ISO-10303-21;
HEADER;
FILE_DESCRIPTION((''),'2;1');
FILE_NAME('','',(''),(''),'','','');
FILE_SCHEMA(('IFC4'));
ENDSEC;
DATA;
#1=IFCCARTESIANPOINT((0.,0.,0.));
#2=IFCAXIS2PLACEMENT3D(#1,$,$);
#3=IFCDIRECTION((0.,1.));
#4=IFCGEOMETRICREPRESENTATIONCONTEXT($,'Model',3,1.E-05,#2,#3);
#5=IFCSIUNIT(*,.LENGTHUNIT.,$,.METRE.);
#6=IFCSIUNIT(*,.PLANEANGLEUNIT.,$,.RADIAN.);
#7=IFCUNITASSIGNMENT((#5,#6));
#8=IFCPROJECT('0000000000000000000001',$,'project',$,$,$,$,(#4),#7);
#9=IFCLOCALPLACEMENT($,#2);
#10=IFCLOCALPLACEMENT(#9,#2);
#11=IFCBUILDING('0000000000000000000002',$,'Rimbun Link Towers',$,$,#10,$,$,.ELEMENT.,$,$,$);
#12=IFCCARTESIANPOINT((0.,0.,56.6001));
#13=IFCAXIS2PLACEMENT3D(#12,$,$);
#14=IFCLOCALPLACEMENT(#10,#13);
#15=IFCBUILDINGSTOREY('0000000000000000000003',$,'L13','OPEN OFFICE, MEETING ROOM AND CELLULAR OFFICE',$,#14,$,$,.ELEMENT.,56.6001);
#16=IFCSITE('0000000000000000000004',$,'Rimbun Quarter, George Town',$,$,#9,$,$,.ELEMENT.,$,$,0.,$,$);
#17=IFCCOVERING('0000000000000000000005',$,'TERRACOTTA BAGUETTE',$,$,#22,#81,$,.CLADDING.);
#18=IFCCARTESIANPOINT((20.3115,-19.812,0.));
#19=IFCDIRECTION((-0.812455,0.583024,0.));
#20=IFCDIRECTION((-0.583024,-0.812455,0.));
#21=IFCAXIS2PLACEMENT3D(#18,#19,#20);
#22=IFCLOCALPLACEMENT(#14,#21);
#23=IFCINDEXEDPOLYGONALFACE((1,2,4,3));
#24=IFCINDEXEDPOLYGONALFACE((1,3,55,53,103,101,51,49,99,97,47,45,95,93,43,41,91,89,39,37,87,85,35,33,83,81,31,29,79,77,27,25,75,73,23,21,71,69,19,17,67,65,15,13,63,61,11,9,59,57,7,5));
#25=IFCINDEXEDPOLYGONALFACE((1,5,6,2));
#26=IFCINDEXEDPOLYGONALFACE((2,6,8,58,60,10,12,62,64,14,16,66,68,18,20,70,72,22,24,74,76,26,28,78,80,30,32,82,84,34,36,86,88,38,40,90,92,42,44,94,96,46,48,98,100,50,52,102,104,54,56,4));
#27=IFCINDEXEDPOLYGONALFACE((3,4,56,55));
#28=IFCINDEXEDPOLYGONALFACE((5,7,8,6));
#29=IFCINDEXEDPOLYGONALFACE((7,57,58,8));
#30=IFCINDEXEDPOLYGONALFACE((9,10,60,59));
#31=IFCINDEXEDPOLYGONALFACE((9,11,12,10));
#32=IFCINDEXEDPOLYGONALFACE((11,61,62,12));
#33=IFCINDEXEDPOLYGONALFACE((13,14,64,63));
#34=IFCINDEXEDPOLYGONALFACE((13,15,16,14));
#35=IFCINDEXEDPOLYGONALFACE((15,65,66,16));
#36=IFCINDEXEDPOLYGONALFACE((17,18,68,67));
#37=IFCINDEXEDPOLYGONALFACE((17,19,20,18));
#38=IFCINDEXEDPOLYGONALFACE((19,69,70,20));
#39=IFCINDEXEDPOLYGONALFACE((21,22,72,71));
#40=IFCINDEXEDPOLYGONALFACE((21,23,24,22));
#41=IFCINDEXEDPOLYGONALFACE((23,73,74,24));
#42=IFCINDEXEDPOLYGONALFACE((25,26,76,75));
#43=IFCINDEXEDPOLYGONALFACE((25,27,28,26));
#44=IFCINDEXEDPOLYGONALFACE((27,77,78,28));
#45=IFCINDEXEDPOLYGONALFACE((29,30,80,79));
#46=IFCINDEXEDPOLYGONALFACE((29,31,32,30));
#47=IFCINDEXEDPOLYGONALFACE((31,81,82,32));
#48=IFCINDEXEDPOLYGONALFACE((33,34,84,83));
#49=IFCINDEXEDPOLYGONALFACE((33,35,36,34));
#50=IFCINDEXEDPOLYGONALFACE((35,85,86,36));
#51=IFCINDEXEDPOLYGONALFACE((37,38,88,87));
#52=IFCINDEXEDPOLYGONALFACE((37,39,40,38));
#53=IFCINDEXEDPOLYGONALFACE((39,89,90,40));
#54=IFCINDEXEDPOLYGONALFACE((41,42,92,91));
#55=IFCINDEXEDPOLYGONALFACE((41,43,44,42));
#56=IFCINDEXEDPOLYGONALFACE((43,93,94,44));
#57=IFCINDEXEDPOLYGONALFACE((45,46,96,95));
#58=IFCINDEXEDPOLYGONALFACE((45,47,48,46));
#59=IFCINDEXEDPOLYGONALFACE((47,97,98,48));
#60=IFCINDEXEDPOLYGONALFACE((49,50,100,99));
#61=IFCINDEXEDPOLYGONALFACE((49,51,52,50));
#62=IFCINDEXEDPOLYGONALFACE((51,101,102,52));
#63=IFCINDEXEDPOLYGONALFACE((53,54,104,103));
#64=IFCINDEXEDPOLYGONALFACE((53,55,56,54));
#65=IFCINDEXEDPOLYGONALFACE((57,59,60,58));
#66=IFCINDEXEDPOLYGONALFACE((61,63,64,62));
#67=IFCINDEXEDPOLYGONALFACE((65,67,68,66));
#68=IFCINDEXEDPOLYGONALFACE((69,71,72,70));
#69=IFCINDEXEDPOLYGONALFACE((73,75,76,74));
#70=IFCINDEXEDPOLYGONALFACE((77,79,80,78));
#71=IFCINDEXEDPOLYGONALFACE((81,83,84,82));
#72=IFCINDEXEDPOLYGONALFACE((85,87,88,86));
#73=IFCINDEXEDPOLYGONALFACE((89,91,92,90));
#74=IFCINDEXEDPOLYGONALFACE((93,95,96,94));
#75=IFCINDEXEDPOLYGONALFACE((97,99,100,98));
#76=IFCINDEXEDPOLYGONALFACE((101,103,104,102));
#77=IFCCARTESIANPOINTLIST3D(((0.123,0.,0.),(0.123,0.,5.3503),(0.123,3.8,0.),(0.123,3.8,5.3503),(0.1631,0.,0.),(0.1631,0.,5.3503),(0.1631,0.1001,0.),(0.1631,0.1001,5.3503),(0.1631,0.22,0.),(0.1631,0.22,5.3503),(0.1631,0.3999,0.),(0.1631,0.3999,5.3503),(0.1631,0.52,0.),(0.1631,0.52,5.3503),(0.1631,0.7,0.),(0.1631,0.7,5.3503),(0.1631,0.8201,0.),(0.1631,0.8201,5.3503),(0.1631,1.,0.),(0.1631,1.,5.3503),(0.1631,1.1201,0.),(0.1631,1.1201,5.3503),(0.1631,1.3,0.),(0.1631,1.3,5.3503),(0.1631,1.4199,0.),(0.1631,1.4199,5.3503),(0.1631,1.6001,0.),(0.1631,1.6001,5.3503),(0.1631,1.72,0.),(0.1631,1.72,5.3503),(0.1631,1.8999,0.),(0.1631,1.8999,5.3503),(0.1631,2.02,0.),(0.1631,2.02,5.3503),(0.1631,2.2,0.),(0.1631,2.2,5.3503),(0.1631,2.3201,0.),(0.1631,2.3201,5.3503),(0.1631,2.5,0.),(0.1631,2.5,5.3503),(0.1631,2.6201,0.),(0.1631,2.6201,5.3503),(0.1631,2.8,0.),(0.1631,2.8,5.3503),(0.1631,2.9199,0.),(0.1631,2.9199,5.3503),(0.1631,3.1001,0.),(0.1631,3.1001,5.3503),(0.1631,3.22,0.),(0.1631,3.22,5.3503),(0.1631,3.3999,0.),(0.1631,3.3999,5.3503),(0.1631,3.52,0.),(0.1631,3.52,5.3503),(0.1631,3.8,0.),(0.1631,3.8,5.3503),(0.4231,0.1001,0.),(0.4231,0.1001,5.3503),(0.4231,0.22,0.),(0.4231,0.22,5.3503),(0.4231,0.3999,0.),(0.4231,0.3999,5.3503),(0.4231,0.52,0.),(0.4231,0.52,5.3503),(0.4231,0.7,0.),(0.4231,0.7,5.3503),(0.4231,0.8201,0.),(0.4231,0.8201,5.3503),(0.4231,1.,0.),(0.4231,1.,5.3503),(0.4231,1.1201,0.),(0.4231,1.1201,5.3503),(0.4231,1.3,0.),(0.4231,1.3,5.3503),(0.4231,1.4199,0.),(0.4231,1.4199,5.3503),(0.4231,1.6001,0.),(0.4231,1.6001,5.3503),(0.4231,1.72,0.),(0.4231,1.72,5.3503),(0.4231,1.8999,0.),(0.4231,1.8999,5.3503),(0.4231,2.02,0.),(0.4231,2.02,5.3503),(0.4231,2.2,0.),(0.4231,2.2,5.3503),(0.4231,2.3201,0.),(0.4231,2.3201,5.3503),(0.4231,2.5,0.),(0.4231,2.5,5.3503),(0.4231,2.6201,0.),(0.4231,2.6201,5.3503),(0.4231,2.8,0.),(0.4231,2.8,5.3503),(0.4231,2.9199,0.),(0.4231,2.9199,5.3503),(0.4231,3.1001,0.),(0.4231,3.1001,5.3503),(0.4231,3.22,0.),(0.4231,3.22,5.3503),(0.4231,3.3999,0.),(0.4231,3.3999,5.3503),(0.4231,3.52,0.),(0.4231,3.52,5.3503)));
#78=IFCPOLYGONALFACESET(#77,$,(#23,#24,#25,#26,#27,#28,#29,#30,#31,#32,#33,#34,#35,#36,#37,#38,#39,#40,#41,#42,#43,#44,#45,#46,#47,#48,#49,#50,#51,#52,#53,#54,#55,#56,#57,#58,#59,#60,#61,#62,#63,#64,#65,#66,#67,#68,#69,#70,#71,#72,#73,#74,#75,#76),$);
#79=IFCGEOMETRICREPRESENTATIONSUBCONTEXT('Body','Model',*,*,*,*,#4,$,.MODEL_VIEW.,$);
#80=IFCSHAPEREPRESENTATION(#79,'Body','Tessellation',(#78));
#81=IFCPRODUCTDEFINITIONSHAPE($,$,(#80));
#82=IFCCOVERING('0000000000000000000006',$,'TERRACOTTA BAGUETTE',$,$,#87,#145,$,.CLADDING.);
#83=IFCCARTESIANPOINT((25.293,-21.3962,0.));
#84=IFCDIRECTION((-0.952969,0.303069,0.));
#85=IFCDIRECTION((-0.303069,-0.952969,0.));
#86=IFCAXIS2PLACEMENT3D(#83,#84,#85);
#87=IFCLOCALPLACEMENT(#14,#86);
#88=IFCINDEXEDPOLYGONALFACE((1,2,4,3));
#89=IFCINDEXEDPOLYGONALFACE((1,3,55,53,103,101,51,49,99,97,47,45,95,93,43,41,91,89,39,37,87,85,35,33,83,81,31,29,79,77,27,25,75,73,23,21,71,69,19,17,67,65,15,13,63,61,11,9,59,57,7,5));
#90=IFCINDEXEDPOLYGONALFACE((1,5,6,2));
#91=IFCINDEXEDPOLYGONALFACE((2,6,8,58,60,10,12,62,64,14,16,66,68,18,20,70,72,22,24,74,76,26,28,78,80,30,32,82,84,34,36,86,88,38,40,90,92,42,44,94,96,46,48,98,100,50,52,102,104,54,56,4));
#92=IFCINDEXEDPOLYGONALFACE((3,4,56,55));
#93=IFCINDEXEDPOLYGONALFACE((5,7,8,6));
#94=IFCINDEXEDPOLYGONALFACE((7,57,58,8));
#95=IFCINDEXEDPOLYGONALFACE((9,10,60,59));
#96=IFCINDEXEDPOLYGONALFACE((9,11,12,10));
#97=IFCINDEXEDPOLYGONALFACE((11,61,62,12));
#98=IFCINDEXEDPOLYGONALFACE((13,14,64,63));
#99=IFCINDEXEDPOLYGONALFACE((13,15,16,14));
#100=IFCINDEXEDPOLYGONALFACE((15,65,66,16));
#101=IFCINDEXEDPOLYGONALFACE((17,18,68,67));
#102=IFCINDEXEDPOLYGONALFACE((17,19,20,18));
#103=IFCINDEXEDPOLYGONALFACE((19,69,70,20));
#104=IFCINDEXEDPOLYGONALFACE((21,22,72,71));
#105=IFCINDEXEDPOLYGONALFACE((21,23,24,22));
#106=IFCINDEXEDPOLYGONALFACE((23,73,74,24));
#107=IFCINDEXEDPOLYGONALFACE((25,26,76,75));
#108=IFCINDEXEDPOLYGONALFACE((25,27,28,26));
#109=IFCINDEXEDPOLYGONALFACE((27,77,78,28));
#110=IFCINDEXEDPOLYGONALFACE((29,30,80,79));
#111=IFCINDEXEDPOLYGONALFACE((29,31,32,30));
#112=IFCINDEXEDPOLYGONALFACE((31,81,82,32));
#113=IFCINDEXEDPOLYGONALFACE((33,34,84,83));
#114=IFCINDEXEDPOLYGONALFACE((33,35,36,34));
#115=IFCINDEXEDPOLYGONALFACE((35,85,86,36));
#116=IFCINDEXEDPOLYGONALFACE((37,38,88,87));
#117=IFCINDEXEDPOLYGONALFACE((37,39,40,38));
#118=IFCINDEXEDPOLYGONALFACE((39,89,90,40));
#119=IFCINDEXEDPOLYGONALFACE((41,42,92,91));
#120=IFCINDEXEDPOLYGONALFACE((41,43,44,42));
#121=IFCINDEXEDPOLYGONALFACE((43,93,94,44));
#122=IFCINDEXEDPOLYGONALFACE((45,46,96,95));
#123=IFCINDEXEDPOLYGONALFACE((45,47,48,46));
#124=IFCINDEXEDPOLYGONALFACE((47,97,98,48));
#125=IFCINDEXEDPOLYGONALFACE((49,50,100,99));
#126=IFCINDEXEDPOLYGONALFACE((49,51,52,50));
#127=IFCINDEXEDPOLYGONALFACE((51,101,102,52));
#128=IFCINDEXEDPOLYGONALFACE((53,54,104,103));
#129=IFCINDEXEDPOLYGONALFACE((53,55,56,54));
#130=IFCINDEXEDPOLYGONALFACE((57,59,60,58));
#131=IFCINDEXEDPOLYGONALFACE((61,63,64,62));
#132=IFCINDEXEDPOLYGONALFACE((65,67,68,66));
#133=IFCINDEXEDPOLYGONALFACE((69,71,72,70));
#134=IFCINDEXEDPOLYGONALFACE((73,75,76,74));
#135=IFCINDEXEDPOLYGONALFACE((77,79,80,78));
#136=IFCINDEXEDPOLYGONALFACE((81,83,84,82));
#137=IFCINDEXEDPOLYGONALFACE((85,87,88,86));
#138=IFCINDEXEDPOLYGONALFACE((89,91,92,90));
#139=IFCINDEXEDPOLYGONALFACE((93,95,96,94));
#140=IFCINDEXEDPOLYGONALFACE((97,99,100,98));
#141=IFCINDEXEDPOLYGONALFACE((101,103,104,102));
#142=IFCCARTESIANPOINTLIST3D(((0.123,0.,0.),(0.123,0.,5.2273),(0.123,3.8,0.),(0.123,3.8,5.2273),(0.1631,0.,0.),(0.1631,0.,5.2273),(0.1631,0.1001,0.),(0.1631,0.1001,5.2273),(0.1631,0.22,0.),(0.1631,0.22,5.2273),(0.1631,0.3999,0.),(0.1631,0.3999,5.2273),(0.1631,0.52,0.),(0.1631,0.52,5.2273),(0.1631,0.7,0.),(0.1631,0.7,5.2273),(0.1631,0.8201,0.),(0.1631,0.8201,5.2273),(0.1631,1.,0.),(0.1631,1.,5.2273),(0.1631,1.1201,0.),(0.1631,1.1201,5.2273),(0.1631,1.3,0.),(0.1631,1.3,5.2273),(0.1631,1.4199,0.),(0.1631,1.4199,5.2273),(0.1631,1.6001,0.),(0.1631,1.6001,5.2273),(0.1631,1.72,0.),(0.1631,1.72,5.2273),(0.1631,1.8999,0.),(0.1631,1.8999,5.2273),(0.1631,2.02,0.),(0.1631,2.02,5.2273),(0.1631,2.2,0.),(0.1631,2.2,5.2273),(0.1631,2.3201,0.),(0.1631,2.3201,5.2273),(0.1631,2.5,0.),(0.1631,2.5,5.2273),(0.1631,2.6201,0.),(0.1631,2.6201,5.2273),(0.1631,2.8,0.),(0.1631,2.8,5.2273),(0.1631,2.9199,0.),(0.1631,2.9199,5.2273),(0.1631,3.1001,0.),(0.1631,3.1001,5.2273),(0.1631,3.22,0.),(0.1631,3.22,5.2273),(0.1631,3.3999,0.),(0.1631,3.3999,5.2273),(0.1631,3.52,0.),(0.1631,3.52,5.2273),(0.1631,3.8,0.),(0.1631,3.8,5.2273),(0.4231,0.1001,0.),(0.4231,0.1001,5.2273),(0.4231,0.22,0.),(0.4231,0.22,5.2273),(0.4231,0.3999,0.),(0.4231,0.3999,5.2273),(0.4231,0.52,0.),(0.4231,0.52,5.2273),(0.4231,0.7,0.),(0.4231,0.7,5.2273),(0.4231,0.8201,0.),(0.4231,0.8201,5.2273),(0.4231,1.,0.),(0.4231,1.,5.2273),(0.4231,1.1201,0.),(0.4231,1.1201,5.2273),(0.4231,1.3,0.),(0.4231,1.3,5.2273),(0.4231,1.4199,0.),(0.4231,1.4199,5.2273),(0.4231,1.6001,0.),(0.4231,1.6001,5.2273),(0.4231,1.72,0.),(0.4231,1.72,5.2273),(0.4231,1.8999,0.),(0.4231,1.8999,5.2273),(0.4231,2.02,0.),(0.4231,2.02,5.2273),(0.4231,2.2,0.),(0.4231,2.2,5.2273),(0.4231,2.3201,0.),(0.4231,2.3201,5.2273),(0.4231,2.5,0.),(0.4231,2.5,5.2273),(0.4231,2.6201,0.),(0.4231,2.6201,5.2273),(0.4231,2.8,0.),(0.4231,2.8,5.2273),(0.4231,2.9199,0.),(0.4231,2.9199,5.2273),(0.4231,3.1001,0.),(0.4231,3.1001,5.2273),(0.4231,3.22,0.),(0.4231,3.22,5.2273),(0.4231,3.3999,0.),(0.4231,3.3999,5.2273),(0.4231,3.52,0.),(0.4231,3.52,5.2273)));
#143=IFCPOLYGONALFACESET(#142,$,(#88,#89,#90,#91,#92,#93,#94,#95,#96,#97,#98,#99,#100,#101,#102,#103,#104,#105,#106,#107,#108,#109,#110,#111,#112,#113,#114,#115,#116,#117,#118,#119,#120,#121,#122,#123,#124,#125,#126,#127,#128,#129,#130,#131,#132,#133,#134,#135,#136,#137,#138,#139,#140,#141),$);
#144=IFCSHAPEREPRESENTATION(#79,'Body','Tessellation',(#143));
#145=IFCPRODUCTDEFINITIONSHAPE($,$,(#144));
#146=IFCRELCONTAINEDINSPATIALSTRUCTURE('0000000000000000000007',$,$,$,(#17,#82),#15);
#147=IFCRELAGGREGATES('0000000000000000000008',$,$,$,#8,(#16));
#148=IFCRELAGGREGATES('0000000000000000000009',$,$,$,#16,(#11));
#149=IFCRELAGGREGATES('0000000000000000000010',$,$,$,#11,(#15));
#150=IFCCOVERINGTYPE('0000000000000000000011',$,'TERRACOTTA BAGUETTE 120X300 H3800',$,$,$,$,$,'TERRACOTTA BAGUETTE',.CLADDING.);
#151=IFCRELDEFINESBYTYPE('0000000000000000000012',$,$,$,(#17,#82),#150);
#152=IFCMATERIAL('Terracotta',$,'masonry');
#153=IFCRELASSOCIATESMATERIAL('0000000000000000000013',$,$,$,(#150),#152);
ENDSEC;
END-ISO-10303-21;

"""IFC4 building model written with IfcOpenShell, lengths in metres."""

from ifc_helpers import new_model, si_unit, direction, frame, origin, place, context, subcontext, project, spatial, polyline, outline, extrude, material, material_profile, profile_set, type_object, element, save


model = new_model("IFC4")

# Units and contexts
model_context = context("Model", 3, precision=1e-05, world=origin(), true_north=direction((0.0, 1.0)))
body_context = subcontext(model_context, "Body", "Model", "MODEL_VIEW")
ifc_project = project(units=[si_unit("LENGTHUNIT", "METRE"), si_unit("PLANEANGLEUNIT", "RADIAN")], contexts=[model_context])

# Site, building, storey
site_placement = place(None, origin())
site = spatial("IfcSite", under=ifc_project, at=site_placement, Name="Rimbun Quarter, George Town", CompositionType="ELEMENT", RefElevation=0.0)
building_placement = place(site_placement, origin())
building = spatial("IfcBuilding", under=site, at=building_placement, Name="Rimbun Link Towers", CompositionType="ELEMENT")
storey_placement = place(building_placement, frame((0.0, 0.0, 56.6001)))
storey = spatial("IfcBuildingStorey", under=building, at=storey_placement, Name="L13", Description="OPEN OFFICE, MEETING ROOM AND CELLULAR OFFICE", CompositionType="ELEMENT", Elevation=56.6001)

# Coverings
ifc_material_1 = material(Name="Terracotta", Category="masonry")
ifc_material_profile_1 = material_profile(ifc_material_1, outline(polyline([(0.123, 0.0), (0.1631, 0.0), (0.1631, 0.1001), (0.4231, 0.1001), (0.4231, 0.22), (0.1631, 0.22), (0.1631, 0.3999), (0.4231, 0.3999), (0.4231, 0.52), (0.1631, 0.52), (0.1631, 0.7), (0.4231, 0.7), (0.4231, 0.8201), (0.1631, 0.8201), (0.1631, 1.0), (0.4231, 1.0), (0.4231, 1.1201), (0.1631, 1.1201), (0.1631, 1.3), (0.4231, 1.3), (0.4231, 1.4199), (0.1631, 1.4199), (0.1631, 1.6001), (0.4231, 1.6001), (0.4231, 1.72), (0.1631, 1.72), (0.1631, 1.8999), (0.4231, 1.8999), (0.4231, 2.02), (0.1631, 2.02), (0.1631, 2.2), (0.4231, 2.2), (0.4231, 2.3201), (0.1631, 2.3201), (0.1631, 2.5), (0.4231, 2.5), (0.4231, 2.6201), (0.1631, 2.6201), (0.1631, 2.8), (0.4231, 2.8), (0.4231, 2.9199), (0.1631, 2.9199), (0.1631, 3.1001), (0.4231, 3.1001), (0.4231, 3.22), (0.1631, 3.22), (0.1631, 3.3999), (0.4231, 3.3999), (0.4231, 3.52), (0.1631, 3.52), (0.1631, 3.8), (0.123, 3.8), (0.123, 0.0)])), Name="BAGUETTE 120X300")
ifc_profile_set_1 = profile_set([ifc_material_profile_1], Name="Terracotta")
covering_type = type_object("IfcCoveringType", Name="TERRACOTTA BAGUETTE 120X300 H3800", ElementType="TERRACOTTA BAGUETTE", PredefinedType="CLADDING", material=ifc_profile_set_1)
covering_1_placement = place(storey_placement, frame((20.3115, -19.812, 0.0), z_axis=(-0.812455, 0.583024, 0.0), x_axis=(-0.583024, -0.812455, 0.0)))
element("IfcCovering", 1, at=covering_1_placement, inside=storey, type_object=covering_type, Name="TERRACOTTA BAGUETTE", PredefinedType="CLADDING", context=body_context, shape_type="SweptSolid", body=[
    extrude(outline(polyline([(0.123, 0.0), (0.1631, 0.0), (0.1631, 0.1001), (0.4231, 0.1001), (0.4231, 0.22), (0.1631, 0.22), (0.1631, 0.3999), (0.4231, 0.3999), (0.4231, 0.52), (0.1631, 0.52), (0.1631, 0.7), (0.4231, 0.7), (0.4231, 0.8201), (0.1631, 0.8201), (0.1631, 1.0), (0.4231, 1.0), (0.4231, 1.1201), (0.1631, 1.1201), (0.1631, 1.3), (0.4231, 1.3), (0.4231, 1.4199), (0.1631, 1.4199), (0.1631, 1.6001), (0.4231, 1.6001), (0.4231, 1.72), (0.1631, 1.72), (0.1631, 1.8999), (0.4231, 1.8999), (0.4231, 2.02), (0.1631, 2.02), (0.1631, 2.2), (0.4231, 2.2), (0.4231, 2.3201), (0.1631, 2.3201), (0.1631, 2.5), (0.4231, 2.5), (0.4231, 2.6201), (0.1631, 2.6201), (0.1631, 2.8), (0.4231, 2.8), (0.4231, 2.9199), (0.1631, 2.9199), (0.1631, 3.1001), (0.4231, 3.1001), (0.4231, 3.22), (0.1631, 3.22), (0.1631, 3.3999), (0.4231, 3.3999), (0.4231, 3.52), (0.1631, 3.52), (0.1631, 3.8), (0.123, 3.8), (0.123, 0.0)])), origin(), (0.0, 0.0, 1.0), 5.3503),
])
covering_2_placement = place(storey_placement, frame((25.293, -21.3962, 0.0), z_axis=(-0.952969, 0.303069, 0.0), x_axis=(-0.303069, -0.952969, 0.0)))
element("IfcCovering", 2, at=covering_2_placement, inside=storey, type_object=covering_type, Name="TERRACOTTA BAGUETTE", PredefinedType="CLADDING", context=body_context, shape_type="SweptSolid", body=[
    extrude(outline(polyline([(0.123, 0.0), (0.1631, 0.0), (0.1631, 0.1001), (0.4231, 0.1001), (0.4231, 0.22), (0.1631, 0.22), (0.1631, 0.3999), (0.4231, 0.3999), (0.4231, 0.52), (0.1631, 0.52), (0.1631, 0.7), (0.4231, 0.7), (0.4231, 0.8201), (0.1631, 0.8201), (0.1631, 1.0), (0.4231, 1.0), (0.4231, 1.1201), (0.1631, 1.1201), (0.1631, 1.3), (0.4231, 1.3), (0.4231, 1.4199), (0.1631, 1.4199), (0.1631, 1.6001), (0.4231, 1.6001), (0.4231, 1.72), (0.1631, 1.72), (0.1631, 1.8999), (0.4231, 1.8999), (0.4231, 2.02), (0.1631, 2.02), (0.1631, 2.2), (0.4231, 2.2), (0.4231, 2.3201), (0.1631, 2.3201), (0.1631, 2.5), (0.4231, 2.5), (0.4231, 2.6201), (0.1631, 2.6201), (0.1631, 2.8), (0.4231, 2.8), (0.4231, 2.9199), (0.1631, 2.9199), (0.1631, 3.1001), (0.4231, 3.1001), (0.4231, 3.22), (0.1631, 3.22), (0.1631, 3.3999), (0.4231, 3.3999), (0.4231, 3.52), (0.1631, 3.52), (0.1631, 3.8), (0.123, 3.8), (0.123, 0.0)])), origin(), (0.0, 0.0, 1.0), 5.2273),
])

save(model, "model.ifc")
